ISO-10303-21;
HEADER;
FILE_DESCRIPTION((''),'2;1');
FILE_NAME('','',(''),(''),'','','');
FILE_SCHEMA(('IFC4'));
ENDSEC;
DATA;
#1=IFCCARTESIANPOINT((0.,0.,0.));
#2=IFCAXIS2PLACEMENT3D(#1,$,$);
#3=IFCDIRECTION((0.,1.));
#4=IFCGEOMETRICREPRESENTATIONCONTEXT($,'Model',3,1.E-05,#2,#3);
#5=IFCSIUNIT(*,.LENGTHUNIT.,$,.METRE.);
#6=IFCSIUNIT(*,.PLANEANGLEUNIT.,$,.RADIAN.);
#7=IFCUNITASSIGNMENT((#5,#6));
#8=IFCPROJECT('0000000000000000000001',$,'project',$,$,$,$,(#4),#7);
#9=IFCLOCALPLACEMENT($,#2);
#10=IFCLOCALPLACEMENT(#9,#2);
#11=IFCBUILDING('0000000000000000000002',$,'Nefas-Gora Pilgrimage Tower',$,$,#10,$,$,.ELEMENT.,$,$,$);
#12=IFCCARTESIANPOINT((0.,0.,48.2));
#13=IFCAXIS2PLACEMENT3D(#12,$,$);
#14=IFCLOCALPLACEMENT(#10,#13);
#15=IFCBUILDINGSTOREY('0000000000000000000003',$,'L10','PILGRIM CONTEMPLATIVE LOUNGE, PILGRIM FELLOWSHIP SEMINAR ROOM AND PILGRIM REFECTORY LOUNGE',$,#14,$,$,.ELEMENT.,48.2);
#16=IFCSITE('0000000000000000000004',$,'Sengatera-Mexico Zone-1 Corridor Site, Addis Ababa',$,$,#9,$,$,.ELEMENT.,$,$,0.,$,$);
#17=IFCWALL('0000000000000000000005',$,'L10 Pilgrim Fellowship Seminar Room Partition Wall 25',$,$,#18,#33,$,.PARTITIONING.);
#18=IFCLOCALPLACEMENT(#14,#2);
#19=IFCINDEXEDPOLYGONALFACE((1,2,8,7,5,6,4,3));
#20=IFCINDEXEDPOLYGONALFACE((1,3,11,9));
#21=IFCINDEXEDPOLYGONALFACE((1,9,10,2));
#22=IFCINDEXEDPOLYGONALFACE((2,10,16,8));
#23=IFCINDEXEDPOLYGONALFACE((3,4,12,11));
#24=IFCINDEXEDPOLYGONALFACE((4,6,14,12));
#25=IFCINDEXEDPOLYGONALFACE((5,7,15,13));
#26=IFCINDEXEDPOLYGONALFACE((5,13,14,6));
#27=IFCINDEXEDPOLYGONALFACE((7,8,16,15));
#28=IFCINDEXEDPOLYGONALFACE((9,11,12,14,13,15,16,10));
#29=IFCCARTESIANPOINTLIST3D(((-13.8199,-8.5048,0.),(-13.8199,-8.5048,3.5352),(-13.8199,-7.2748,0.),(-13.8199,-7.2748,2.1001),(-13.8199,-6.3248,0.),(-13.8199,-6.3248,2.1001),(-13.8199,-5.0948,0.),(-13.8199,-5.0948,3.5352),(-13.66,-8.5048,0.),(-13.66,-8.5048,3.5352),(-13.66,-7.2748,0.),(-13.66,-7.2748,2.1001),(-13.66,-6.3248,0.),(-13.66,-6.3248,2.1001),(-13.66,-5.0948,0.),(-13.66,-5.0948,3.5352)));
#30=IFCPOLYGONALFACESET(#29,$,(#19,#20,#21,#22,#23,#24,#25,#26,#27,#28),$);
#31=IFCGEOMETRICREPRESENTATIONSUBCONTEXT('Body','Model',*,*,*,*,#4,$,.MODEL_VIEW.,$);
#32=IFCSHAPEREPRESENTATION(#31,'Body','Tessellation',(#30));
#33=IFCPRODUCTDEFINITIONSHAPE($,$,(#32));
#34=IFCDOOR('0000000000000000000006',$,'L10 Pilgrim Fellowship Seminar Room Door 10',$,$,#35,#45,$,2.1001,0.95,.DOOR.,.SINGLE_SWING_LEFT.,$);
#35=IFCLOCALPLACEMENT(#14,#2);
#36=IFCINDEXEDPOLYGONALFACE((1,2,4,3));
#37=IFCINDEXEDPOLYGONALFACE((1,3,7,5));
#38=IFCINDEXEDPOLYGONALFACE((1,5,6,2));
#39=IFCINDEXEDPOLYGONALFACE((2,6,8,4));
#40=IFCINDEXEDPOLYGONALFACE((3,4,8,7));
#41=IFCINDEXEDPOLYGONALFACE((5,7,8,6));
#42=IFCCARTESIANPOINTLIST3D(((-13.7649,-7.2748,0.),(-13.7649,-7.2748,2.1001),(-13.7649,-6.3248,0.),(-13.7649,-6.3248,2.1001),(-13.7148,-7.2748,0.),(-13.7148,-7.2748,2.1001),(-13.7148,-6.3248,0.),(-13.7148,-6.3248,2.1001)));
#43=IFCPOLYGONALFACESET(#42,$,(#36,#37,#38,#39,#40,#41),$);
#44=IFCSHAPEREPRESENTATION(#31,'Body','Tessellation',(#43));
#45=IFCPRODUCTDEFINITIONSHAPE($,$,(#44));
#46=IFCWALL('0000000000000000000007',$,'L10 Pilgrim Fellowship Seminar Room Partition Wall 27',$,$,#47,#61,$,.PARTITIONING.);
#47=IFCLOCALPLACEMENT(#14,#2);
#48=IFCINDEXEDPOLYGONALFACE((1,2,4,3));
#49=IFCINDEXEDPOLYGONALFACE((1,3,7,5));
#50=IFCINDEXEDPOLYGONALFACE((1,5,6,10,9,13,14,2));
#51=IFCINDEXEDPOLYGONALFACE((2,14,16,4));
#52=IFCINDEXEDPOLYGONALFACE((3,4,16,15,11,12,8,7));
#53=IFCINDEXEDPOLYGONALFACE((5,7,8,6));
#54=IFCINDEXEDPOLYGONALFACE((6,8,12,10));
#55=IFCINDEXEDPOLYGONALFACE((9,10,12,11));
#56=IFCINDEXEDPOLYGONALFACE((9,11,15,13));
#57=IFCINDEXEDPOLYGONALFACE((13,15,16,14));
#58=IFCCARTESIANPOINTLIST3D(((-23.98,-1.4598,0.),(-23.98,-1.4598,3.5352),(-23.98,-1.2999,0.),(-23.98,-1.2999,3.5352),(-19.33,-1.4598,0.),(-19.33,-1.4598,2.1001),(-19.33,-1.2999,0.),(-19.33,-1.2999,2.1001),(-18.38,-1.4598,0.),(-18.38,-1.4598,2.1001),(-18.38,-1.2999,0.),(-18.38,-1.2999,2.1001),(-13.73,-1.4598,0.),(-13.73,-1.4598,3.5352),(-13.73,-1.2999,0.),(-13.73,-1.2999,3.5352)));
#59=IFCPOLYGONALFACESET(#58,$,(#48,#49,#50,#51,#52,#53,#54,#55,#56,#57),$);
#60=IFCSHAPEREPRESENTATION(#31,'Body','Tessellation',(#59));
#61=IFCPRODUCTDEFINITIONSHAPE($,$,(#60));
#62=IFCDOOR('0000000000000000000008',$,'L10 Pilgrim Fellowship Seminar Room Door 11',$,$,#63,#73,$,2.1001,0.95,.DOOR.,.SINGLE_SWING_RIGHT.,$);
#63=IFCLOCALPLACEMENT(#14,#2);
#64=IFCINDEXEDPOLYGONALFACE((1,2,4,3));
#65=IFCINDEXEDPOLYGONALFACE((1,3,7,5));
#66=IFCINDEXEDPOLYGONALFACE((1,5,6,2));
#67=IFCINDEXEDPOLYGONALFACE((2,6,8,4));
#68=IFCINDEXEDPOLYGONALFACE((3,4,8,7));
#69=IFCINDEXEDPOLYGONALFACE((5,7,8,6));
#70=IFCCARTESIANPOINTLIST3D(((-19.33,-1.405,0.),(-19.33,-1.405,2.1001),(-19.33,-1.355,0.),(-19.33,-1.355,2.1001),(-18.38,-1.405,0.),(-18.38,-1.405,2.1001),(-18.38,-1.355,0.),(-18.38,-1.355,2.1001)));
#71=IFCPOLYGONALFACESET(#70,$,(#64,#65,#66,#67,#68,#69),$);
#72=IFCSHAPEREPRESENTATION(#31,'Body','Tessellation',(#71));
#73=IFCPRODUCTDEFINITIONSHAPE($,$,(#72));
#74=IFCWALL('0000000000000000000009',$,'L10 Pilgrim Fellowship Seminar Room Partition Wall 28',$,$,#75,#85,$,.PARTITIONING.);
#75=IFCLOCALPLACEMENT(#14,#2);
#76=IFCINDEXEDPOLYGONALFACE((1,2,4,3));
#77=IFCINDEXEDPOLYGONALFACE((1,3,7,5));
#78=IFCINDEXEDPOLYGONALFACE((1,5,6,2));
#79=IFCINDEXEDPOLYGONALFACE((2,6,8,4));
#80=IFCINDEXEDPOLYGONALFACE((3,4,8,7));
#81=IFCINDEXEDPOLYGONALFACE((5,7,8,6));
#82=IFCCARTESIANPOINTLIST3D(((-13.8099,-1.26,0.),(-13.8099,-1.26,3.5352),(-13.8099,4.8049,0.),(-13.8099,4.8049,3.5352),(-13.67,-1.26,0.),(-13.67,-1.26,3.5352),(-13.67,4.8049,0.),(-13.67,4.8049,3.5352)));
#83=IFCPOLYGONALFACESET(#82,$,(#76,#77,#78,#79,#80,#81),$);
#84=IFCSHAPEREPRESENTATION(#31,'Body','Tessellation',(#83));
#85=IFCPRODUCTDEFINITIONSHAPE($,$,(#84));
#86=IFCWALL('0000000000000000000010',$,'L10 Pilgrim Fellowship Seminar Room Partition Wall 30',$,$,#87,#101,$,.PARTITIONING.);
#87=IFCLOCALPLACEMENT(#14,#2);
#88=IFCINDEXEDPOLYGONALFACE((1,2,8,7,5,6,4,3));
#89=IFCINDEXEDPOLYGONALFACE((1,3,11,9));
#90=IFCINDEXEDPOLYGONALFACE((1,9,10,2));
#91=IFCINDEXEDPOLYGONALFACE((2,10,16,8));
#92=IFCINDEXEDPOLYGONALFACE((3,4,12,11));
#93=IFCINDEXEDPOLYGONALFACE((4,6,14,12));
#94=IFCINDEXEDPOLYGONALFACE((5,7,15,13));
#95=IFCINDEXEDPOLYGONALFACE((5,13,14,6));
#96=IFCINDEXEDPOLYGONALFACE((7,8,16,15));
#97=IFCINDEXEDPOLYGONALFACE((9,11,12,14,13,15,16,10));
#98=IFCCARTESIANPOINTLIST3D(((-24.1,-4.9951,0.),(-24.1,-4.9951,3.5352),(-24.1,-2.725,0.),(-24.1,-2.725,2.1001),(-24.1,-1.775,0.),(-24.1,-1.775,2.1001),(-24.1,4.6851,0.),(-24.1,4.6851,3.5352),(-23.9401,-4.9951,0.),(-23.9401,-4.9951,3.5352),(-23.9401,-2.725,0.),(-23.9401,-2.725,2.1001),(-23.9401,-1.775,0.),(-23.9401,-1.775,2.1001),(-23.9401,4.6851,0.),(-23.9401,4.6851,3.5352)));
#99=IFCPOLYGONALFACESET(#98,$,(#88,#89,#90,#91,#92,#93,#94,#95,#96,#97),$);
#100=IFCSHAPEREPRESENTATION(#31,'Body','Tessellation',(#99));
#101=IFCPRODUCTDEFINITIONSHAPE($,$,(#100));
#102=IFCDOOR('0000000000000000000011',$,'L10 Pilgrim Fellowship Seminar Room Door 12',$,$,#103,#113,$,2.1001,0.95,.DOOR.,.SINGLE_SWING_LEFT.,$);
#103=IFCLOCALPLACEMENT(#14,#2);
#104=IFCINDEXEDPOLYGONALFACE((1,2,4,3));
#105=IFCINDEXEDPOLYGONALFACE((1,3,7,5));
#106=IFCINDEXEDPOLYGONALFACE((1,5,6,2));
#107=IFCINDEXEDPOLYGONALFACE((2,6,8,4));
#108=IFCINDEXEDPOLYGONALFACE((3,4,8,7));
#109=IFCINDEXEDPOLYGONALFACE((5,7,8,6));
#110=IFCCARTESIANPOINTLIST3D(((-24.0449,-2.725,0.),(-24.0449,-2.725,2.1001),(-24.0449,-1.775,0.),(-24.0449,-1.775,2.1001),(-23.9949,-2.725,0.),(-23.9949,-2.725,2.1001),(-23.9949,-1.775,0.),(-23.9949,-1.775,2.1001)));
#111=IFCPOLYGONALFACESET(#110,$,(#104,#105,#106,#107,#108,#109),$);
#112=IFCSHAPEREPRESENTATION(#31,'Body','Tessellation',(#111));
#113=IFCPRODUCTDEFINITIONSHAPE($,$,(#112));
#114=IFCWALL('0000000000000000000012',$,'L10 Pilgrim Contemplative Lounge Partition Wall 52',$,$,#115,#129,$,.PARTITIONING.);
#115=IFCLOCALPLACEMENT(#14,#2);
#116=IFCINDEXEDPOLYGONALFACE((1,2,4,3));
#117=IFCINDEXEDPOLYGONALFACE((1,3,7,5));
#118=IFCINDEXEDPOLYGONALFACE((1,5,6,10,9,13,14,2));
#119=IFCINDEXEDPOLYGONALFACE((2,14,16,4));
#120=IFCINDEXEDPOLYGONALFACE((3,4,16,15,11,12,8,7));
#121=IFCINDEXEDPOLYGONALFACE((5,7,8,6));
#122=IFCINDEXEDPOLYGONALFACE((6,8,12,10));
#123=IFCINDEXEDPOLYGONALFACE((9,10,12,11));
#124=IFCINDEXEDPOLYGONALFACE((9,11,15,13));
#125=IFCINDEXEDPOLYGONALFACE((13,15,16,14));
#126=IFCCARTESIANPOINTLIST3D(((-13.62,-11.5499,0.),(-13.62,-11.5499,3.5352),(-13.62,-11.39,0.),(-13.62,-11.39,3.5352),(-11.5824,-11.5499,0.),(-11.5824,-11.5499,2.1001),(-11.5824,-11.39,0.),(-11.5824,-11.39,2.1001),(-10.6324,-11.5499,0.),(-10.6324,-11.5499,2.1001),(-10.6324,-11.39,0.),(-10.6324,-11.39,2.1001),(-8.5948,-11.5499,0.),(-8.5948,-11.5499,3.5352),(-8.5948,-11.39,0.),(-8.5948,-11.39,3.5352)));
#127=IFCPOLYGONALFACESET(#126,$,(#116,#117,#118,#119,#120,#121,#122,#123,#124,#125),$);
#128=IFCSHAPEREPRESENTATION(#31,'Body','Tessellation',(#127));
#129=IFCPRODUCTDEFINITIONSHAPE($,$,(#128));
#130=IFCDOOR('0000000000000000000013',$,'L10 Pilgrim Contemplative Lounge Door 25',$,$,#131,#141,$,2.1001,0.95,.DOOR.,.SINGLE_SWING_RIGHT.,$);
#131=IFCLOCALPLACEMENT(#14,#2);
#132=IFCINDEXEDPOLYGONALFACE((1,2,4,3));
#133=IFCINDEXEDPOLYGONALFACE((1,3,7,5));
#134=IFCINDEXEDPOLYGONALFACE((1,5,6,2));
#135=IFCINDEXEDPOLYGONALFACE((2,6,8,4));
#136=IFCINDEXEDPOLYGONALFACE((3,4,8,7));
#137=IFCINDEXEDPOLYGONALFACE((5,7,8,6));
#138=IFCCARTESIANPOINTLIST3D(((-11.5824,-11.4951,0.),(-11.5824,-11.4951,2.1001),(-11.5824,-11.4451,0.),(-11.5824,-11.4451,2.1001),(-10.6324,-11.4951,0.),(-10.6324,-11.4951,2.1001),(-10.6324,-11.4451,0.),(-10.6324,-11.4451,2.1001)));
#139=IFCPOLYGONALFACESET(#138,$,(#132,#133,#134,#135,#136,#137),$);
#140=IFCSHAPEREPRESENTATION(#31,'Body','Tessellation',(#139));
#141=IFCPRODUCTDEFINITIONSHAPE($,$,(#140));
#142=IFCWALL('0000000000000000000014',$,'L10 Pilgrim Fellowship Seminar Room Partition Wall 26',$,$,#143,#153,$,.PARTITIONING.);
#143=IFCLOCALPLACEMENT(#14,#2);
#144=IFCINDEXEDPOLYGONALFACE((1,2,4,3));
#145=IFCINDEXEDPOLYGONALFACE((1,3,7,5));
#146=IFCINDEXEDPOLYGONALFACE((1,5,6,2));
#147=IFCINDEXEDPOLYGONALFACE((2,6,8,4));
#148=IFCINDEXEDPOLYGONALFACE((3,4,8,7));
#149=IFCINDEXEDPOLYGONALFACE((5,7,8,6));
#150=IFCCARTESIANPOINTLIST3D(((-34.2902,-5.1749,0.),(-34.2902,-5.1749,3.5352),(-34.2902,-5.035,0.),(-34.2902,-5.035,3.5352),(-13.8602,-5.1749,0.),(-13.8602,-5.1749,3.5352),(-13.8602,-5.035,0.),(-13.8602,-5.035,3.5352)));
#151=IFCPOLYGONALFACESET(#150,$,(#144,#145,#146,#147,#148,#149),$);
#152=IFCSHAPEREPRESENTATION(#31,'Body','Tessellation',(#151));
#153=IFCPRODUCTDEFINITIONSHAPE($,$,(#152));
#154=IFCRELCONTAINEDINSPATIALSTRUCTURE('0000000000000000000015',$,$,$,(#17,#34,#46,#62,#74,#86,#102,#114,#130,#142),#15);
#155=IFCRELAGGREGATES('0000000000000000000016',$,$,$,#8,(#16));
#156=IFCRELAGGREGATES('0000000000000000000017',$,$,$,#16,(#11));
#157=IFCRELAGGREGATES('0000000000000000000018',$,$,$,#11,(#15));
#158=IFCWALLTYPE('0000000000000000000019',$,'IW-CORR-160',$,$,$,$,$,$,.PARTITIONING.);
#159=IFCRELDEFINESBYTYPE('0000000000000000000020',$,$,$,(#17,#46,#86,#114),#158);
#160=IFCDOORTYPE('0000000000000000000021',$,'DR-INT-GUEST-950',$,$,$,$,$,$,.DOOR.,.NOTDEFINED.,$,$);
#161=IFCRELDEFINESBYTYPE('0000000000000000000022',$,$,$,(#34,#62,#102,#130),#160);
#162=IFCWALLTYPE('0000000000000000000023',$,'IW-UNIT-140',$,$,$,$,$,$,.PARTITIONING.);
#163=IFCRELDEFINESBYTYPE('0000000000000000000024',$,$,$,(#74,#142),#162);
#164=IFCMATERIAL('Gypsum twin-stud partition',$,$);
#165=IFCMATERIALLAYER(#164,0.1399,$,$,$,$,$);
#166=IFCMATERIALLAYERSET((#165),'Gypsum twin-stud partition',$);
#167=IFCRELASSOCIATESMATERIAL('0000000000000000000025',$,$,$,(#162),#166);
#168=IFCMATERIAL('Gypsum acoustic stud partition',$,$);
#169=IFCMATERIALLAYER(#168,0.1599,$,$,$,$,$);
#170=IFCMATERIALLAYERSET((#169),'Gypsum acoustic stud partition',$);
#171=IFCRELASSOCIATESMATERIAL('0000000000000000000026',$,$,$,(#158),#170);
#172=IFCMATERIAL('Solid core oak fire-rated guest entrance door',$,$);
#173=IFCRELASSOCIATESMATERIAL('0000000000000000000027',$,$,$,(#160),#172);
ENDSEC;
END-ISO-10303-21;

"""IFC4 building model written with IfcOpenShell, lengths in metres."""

from ifc_helpers import new_model, si_unit, direction, frame, frame_2d, origin, place, context, subcontext, project, spatial, rectangle, extrude, source, transform, mapped, material, layer, layer_set, type_object, element, fill, save


model = new_model("IFC4")

# Units and contexts
model_context = context("Model", 3, precision=1e-05, world=origin(), true_north=direction((0.0, 1.0)))
body_context = subcontext(model_context, "Body", "Model", "MODEL_VIEW")
ifc_project = project(units=[si_unit("LENGTHUNIT", "METRE"), si_unit("PLANEANGLEUNIT", "RADIAN")], contexts=[model_context])

# Site, building, storey
site_placement = place(None, origin())
site = spatial("IfcSite", under=ifc_project, at=site_placement, Name="Sengatera-Mexico Zone-1 Corridor Site, Addis Ababa", CompositionType="ELEMENT", RefElevation=0.0)
building_placement = place(site_placement, origin())
building = spatial("IfcBuilding", under=site, at=building_placement, Name="Nefas-Gora Pilgrimage Tower", CompositionType="ELEMENT")
storey_placement = place(building_placement, frame((0.0, 0.0, 48.2)))
storey = spatial("IfcBuildingStorey", under=building, at=storey_placement, Name="L10", Description="PILGRIM CONTEMPLATIVE LOUNGE, PILGRIM FELLOWSHIP SEMINAR ROOM AND PILGRIM REFECTORY LOUNGE", CompositionType="ELEMENT", Elevation=48.2)

# Shared definitions
ifc_material_1 = material(Name="Gypsum twin-stud partition")
ifc_layer_1 = layer(ifc_material_1, 0.1399)
ifc_layer_set_1 = layer_set([ifc_layer_1], Name="Gypsum twin-stud partition")
wall_type_1 = type_object("IfcWallType", Name="IW-UNIT-140", PredefinedType="PARTITIONING", material=ifc_layer_set_1)

# Walls, openings, doors
ifc_material_2 = material(Name="Gypsum acoustic stud partition")
ifc_layer_2 = layer(ifc_material_2, 0.1599)
ifc_layer_set_2 = layer_set([ifc_layer_2], Name="Gypsum acoustic stud partition")
wall_type_2 = type_object("IfcWallType", Name="IW-CORR-160", PredefinedType="PARTITIONING", material=ifc_layer_set_2)
shared_shape_1 = source(origin(), body_context, "Body", "SweptSolid", [
    extrude(rectangle(XDim=3.4099, YDim=0.1599, at=frame_2d((1.7051, 0.0))), origin(), (0.0, 0.0, 1.0), 3.5352),
])
wall_1_placement = place(storey_placement, frame((-13.74, -8.5049, 0.0), z_axis=(0.0, 0.0, 1.0), x_axis=(0.0, 1.0, 0.0)))
wall_1 = element("IfcWall", 1, at=wall_1_placement, inside=storey, type_object=wall_type_2, Name="L10 Pilgrim Fellowship Seminar Room Partition Wall 25", PredefinedType="PARTITIONING", context=body_context, shape_type="MappedRepresentation", body=[
    mapped(shared_shape_1, transform((0.0, 0.0, 0.0), x_axis=(1.0, 0.0, 0.0), y_axis=(0.0, 1.0, 0.0), z_axis=(0.0, 0.0, 1.0), scale=1.0)),
])
opening_1_placement = place(wall_1_placement, frame((1.23, 0.0, 0.0)))
opening_1 = element("IfcOpeningElement", 2, at=opening_1_placement, cuts=wall_1, PredefinedType="OPENING", context=body_context, shape_type="SweptSolid", body=[
    extrude(rectangle(XDim=0.95, YDim=2.1001, at=frame_2d((0.4751, 1.05))), frame((0.0, 0.0898, 0.0), z_axis=(0.0, -1.0, 0.0), x_axis=(1.0, 0.0, 0.0)), (0.0, 0.0, 1.0), 0.1799),
])
ifc_material_3 = material(Name="Solid core oak fire-rated guest entrance door")
door_type_1 = type_object("IfcDoorType", Name="DR-INT-GUEST-950", OperationType="NOTDEFINED", PredefinedType="DOOR", material=ifc_material_3)
shared_shape_2 = source(origin(), body_context, "Body", "SweptSolid", [
    extrude(rectangle(XDim=0.95, YDim=2.1001, at=frame_2d((0.4751, 1.05))), frame((0.0, 0.0249, 0.0), z_axis=(0.0, -1.0, 0.0), x_axis=(1.0, 0.0, 0.0)), (0.0, 0.0, 1.0), 0.05),
])
door_1_placement = place(opening_1_placement, origin())
door_1 = element("IfcDoor", 3, at=door_1_placement, inside=storey, type_object=door_type_1, Name="L10 Pilgrim Fellowship Seminar Room Door 10", OperationType="SINGLE_SWING_LEFT", OverallHeight=2.1001, OverallWidth=0.95, PredefinedType="DOOR", context=body_context, shape_type="MappedRepresentation", body=[
    mapped(shared_shape_2, transform((0.0, 0.0, 0.0), x_axis=(1.0, 0.0, 0.0), y_axis=(0.0, 1.0, 0.0), z_axis=(0.0, 0.0, 1.0), scale=1.0)),
])
fill(opening_1, door_1)
shared_shape_3 = source(origin(), body_context, "Body", "SweptSolid", [
    extrude(rectangle(XDim=10.25, YDim=0.1599, at=frame_2d((5.125, 0.0))), origin(), (0.0, 0.0, 1.0), 3.5352),
])
wall_2_placement = place(storey_placement, frame((-23.98, -1.3799, 0.0), z_axis=(0.0, 0.0, 1.0), x_axis=(1.0, 0.0, 0.0)))
wall_2 = element("IfcWall", 4, at=wall_2_placement, inside=storey, type_object=wall_type_2, Name="L10 Pilgrim Fellowship Seminar Room Partition Wall 27", PredefinedType="PARTITIONING", context=body_context, shape_type="MappedRepresentation", body=[
    mapped(shared_shape_3, transform((0.0, 0.0, 0.0), x_axis=(1.0, 0.0, 0.0), y_axis=(0.0, 1.0, 0.0), z_axis=(0.0, 0.0, 1.0), scale=1.0)),
])
opening_2_placement = place(wall_2_placement, frame((4.6499, 0.0, 0.0)))
opening_2 = element("IfcOpeningElement", 5, at=opening_2_placement, cuts=wall_2, PredefinedType="OPENING", context=body_context, shape_type="SweptSolid", body=[
    extrude(rectangle(XDim=0.95, YDim=2.1001, at=frame_2d((0.4751, 1.05))), frame((0.0, 0.0898, 0.0), z_axis=(0.0, -1.0, 0.0), x_axis=(1.0, 0.0, 0.0)), (0.0, 0.0, 1.0), 0.1799),
])
door_2_placement = place(opening_2_placement, origin())
door_2 = element("IfcDoor", 6, at=door_2_placement, inside=storey, type_object=door_type_1, Name="L10 Pilgrim Fellowship Seminar Room Door 11", OperationType="SINGLE_SWING_RIGHT", OverallHeight=2.1001, OverallWidth=0.95, PredefinedType="DOOR", context=body_context, shape_type="MappedRepresentation", body=[
    mapped(shared_shape_2, transform((0.0, 0.0, 0.0), x_axis=(1.0, 0.0, 0.0), y_axis=(0.0, 1.0, 0.0), z_axis=(0.0, 0.0, 1.0), scale=1.0)),
])
fill(opening_2, door_2)

# Wall
shared_shape_4 = source(origin(), body_context, "Body", "SweptSolid", [
    extrude(rectangle(XDim=6.0649, YDim=0.1399, at=frame_2d((3.0325, 0.0))), origin(), (0.0, 0.0, 1.0), 3.5352),
])
wall_3_placement = place(storey_placement, frame((-13.74, -1.26, 0.0), z_axis=(0.0, 0.0, 1.0), x_axis=(0.0, 1.0, 0.0)))
element("IfcWall", 7, at=wall_3_placement, inside=storey, type_object=wall_type_1, Name="L10 Pilgrim Fellowship Seminar Room Partition Wall 28", PredefinedType="PARTITIONING", context=body_context, shape_type="MappedRepresentation", body=[
    mapped(shared_shape_4, transform((0.0, 0.0, 0.0), x_axis=(1.0, 0.0, 0.0), y_axis=(0.0, 1.0, 0.0), z_axis=(0.0, 0.0, 1.0), scale=1.0)),
])

# Walls, openings, doors
shared_shape_5 = source(origin(), body_context, "Body", "SweptSolid", [
    extrude(rectangle(XDim=9.6802, YDim=0.1599, at=frame_2d((4.8401, 0.0))), origin(), (0.0, 0.0, 1.0), 3.5352),
])
wall_4_placement = place(storey_placement, frame((-24.02, -4.9951, 0.0), z_axis=(0.0, 0.0, 1.0), x_axis=(0.0, 1.0, 0.0)))
wall_4 = element("IfcWall", 8, at=wall_4_placement, inside=storey, type_object=wall_type_2, Name="L10 Pilgrim Fellowship Seminar Room Partition Wall 30", PredefinedType="PARTITIONING", context=body_context, shape_type="MappedRepresentation", body=[
    mapped(shared_shape_5, transform((0.0, 0.0, 0.0), x_axis=(1.0, 0.0, 0.0), y_axis=(0.0, 1.0, 0.0), z_axis=(0.0, 0.0, 1.0), scale=1.0)),
])
opening_3_placement = place(wall_4_placement, frame((2.27, 0.0, 0.0)))
opening_3 = element("IfcOpeningElement", 9, at=opening_3_placement, cuts=wall_4, PredefinedType="OPENING", context=body_context, shape_type="SweptSolid", body=[
    extrude(rectangle(XDim=0.95, YDim=2.1001, at=frame_2d((0.4751, 1.05))), frame((0.0, 0.0898, 0.0), z_axis=(0.0, -1.0, 0.0), x_axis=(1.0, 0.0, 0.0)), (0.0, 0.0, 1.0), 0.1799),
])
door_3_placement = place(opening_3_placement, origin())
door_3 = element("IfcDoor", 10, at=door_3_placement, inside=storey, type_object=door_type_1, Name="L10 Pilgrim Fellowship Seminar Room Door 12", OperationType="SINGLE_SWING_LEFT", OverallHeight=2.1001, OverallWidth=0.95, PredefinedType="DOOR", context=body_context, shape_type="MappedRepresentation", body=[
    mapped(shared_shape_2, transform((0.0, 0.0, 0.0), x_axis=(1.0, 0.0, 0.0), y_axis=(0.0, 1.0, 0.0), z_axis=(0.0, 0.0, 1.0), scale=1.0)),
])
fill(opening_3, door_3)
shared_shape_6 = source(origin(), body_context, "Body", "SweptSolid", [
    extrude(rectangle(XDim=5.0251, YDim=0.1599, at=frame_2d((2.5127, 0.0))), origin(), (0.0, 0.0, 1.0), 3.5352),
])
wall_5_placement = place(storey_placement, frame((-13.6201, -11.47, 0.0), z_axis=(0.0, 0.0, 1.0), x_axis=(1.0, 0.0, 0.0)))
wall_5 = element("IfcWall", 11, at=wall_5_placement, inside=storey, type_object=wall_type_2, Name="L10 Pilgrim Contemplative Lounge Partition Wall 52", PredefinedType="PARTITIONING", context=body_context, shape_type="MappedRepresentation", body=[
    mapped(shared_shape_6, transform((0.0, 0.0, 0.0), x_axis=(1.0, 0.0, 0.0), y_axis=(0.0, 1.0, 0.0), z_axis=(0.0, 0.0, 1.0), scale=1.0)),
])
opening_4_placement = place(wall_5_placement, frame((2.0376, 0.0, 0.0)))
opening_4 = element("IfcOpeningElement", 12, at=opening_4_placement, cuts=wall_5, PredefinedType="OPENING", context=body_context, shape_type="SweptSolid", body=[
    extrude(rectangle(XDim=0.95, YDim=2.1001, at=frame_2d((0.4751, 1.05))), frame((0.0, 0.0898, 0.0), z_axis=(0.0, -1.0, 0.0), x_axis=(1.0, 0.0, 0.0)), (0.0, 0.0, 1.0), 0.1799),
])
door_4_placement = place(opening_4_placement, origin())
door_4 = element("IfcDoor", 13, at=door_4_placement, inside=storey, type_object=door_type_1, Name="L10 Pilgrim Contemplative Lounge Door 25", OperationType="SINGLE_SWING_RIGHT", OverallHeight=2.1001, OverallWidth=0.95, PredefinedType="DOOR", context=body_context, shape_type="MappedRepresentation", body=[
    mapped(shared_shape_2, transform((0.0, 0.0, 0.0), x_axis=(1.0, 0.0, 0.0), y_axis=(0.0, 1.0, 0.0), z_axis=(0.0, 0.0, 1.0), scale=1.0)),
])
fill(opening_4, door_4)

# Wall
shared_shape_7 = source(origin(), body_context, "Body", "SweptSolid", [
    extrude(rectangle(XDim=20.4299, YDim=0.1399, at=frame_2d((10.2148, 0.0))), origin(), (0.0, 0.0, 1.0), 3.5352),
])
wall_6_placement = place(storey_placement, frame((-34.29, -5.105, 0.0), z_axis=(0.0, 0.0, 1.0), x_axis=(1.0, 0.0, 0.0)))
element("IfcWall", 14, at=wall_6_placement, inside=storey, type_object=wall_type_1, Name="L10 Pilgrim Fellowship Seminar Room Partition Wall 26", PredefinedType="PARTITIONING", context=body_context, shape_type="MappedRepresentation", body=[
    mapped(shared_shape_7, transform((0.0, 0.0, 0.0), x_axis=(1.0, 0.0, 0.0), y_axis=(0.0, 1.0, 0.0), z_axis=(0.0, 0.0, 1.0), scale=1.0)),
])

save(model, "model.ifc")
